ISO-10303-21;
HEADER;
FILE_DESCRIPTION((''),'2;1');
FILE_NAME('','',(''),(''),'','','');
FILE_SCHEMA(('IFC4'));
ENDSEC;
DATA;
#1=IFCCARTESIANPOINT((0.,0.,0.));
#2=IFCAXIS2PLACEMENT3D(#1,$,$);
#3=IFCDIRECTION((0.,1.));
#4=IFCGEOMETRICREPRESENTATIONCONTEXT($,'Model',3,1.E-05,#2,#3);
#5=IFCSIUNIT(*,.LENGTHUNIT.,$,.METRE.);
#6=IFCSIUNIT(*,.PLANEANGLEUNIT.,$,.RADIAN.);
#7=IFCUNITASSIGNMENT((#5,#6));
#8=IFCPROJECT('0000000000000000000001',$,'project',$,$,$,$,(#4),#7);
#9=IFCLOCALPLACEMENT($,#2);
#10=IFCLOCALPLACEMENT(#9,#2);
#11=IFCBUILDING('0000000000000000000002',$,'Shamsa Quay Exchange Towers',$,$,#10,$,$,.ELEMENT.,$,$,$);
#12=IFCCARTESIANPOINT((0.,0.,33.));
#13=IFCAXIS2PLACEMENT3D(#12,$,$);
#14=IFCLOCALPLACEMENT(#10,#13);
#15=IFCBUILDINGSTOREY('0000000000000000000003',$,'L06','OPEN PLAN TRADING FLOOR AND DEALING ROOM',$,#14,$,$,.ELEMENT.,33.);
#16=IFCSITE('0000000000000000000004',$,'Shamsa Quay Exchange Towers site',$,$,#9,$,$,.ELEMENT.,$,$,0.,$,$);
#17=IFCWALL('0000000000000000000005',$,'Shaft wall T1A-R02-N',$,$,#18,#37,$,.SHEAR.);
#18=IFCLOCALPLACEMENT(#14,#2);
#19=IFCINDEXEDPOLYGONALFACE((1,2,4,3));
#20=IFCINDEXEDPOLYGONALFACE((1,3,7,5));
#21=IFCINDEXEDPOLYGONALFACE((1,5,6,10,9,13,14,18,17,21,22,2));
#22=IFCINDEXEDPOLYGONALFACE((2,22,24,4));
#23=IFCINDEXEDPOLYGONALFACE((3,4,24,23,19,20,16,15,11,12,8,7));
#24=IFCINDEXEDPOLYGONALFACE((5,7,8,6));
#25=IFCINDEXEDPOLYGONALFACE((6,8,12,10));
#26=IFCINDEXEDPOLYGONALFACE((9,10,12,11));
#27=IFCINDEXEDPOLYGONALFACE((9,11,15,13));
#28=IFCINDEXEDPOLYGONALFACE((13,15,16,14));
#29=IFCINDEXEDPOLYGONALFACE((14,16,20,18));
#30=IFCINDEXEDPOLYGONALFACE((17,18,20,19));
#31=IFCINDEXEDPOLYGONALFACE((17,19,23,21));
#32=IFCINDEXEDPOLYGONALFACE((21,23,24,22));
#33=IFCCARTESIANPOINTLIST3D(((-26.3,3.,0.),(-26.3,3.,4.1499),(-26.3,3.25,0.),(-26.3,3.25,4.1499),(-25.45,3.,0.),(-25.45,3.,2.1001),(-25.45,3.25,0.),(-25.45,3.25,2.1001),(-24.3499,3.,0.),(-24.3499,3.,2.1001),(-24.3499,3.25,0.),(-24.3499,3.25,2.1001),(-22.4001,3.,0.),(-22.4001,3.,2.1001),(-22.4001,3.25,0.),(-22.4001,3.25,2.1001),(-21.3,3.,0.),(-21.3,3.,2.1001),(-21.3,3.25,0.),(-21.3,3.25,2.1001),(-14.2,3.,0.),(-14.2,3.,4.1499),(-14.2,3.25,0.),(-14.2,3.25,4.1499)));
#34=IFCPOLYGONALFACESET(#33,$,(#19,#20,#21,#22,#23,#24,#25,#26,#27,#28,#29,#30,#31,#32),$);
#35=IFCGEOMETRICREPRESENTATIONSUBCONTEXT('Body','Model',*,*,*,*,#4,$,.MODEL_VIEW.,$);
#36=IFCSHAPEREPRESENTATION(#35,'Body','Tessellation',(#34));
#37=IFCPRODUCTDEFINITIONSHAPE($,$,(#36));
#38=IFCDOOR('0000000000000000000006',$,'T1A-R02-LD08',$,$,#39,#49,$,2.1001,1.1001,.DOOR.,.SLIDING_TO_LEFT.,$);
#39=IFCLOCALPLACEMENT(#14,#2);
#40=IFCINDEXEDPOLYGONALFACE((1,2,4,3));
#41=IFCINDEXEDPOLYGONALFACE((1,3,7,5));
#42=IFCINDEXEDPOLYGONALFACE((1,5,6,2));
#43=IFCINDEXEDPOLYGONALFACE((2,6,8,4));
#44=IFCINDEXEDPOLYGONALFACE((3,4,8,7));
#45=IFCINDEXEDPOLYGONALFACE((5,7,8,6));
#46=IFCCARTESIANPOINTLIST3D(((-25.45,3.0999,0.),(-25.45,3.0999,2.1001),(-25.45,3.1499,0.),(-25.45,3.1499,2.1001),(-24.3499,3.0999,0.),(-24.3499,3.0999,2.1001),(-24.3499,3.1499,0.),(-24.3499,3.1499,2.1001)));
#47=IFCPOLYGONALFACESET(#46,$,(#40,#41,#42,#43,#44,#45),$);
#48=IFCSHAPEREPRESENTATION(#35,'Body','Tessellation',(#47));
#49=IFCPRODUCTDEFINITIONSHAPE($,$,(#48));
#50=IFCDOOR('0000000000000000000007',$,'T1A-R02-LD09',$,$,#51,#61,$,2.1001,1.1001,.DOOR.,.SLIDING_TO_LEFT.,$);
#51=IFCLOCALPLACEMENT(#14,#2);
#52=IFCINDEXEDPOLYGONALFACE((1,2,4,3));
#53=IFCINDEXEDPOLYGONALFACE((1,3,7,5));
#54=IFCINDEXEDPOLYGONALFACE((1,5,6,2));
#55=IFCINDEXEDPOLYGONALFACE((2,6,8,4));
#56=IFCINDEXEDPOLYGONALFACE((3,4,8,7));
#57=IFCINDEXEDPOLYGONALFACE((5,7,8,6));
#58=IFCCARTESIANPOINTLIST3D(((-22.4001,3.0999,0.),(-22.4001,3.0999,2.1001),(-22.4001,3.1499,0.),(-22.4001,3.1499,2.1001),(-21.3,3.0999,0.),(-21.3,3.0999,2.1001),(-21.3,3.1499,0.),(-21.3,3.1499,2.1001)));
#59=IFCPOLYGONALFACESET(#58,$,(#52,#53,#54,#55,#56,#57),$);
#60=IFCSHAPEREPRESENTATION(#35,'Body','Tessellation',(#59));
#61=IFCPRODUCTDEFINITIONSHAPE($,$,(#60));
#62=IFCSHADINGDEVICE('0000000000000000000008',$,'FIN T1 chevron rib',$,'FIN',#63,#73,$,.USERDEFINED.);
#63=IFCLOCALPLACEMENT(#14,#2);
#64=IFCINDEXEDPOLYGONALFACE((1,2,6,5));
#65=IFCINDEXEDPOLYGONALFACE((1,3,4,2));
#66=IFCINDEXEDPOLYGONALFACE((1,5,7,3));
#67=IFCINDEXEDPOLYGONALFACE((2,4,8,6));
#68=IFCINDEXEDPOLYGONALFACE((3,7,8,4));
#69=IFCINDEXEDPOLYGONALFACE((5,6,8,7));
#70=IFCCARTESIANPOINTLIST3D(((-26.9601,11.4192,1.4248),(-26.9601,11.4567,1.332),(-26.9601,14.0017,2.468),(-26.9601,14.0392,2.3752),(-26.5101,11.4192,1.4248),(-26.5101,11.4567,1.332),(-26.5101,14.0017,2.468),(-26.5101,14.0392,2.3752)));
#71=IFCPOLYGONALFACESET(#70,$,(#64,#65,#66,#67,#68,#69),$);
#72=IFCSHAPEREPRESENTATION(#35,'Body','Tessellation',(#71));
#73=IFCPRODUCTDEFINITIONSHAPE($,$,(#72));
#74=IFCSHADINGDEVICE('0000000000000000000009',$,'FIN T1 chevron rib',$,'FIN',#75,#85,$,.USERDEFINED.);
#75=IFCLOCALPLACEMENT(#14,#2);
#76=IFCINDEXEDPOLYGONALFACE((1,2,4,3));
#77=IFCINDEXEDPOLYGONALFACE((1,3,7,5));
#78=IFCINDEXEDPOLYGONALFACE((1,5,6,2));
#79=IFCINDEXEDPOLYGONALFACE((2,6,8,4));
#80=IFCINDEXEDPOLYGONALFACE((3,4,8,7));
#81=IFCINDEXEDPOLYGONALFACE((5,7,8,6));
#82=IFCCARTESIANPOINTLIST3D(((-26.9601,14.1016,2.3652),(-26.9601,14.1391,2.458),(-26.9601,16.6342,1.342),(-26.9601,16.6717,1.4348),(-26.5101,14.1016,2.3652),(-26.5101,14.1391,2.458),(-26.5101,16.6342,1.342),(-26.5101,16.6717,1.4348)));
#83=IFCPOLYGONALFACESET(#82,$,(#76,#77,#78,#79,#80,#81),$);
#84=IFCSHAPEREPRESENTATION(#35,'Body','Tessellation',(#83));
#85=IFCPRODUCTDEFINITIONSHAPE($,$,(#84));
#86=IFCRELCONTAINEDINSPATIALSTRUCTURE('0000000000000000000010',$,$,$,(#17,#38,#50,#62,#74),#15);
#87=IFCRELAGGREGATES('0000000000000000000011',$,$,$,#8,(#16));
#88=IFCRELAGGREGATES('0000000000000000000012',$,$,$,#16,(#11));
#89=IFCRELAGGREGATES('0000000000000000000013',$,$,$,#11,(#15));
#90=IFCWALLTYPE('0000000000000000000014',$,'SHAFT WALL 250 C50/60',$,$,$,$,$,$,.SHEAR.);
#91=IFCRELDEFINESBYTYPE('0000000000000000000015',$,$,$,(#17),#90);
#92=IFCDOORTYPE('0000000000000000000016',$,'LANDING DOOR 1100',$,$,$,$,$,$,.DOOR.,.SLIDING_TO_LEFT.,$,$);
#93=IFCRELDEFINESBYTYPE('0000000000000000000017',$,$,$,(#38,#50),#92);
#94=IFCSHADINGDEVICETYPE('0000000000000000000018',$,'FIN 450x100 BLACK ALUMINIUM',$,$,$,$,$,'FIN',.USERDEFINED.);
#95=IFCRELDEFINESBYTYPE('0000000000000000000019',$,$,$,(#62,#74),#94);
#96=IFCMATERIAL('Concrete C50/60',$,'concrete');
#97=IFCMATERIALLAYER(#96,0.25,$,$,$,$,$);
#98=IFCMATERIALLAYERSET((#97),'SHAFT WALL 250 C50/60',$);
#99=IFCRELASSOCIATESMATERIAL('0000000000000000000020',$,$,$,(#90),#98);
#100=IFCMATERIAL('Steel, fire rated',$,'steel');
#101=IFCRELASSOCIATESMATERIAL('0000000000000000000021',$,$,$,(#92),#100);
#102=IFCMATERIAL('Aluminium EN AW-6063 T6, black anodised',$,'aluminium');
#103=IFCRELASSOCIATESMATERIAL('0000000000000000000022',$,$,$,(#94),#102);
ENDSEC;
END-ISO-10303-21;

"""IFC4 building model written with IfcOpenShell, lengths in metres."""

from ifc_helpers import new_model, si_unit, direction, frame, frame_2d, origin, origin_2d, place, context, subcontext, project, spatial, rectangle, extrude, material, layer, layer_set, material_profile, profile_set, type_object, element, fill, save


model = new_model("IFC4")

# Units and contexts
model_context = context("Model", 3, precision=1e-05, world=origin(), true_north=direction((0.0, 1.0)))
body_context = subcontext(model_context, "Body", "Model", "MODEL_VIEW")
ifc_project = project(units=[si_unit("LENGTHUNIT", "METRE"), si_unit("PLANEANGLEUNIT", "RADIAN")], contexts=[model_context])

# Site, building, storey
site_placement = place(None, origin())
site = spatial("IfcSite", under=ifc_project, at=site_placement, Name="Shamsa Quay Exchange Towers site", CompositionType="ELEMENT", RefElevation=0.0)
building_placement = place(site_placement, origin())
building = spatial("IfcBuilding", under=site, at=building_placement, Name="Shamsa Quay Exchange Towers", CompositionType="ELEMENT")
storey_placement = place(building_placement, frame((0.0, 0.0, 33.0)))
storey = spatial("IfcBuildingStorey", under=building, at=storey_placement, Name="L06", Description="OPEN PLAN TRADING FLOOR AND DEALING ROOM", CompositionType="ELEMENT", Elevation=33.0)

# Shared definitions
ifc_material_1 = material(Name="Aluminium EN AW-6063 T6, black anodised", Category="aluminium")

# Shared definitions
ifc_material_2 = material(Name="Steel, fire rated", Category="steel")

# Wall, openings, doors
ifc_material_3 = material(Name="Concrete C50/60", Category="concrete")
ifc_layer_1 = layer(ifc_material_3, 0.25)
ifc_layer_set_1 = layer_set([ifc_layer_1], Name="SHAFT WALL 250 C50/60")
wall_type_1 = type_object("IfcWallType", Name="SHAFT WALL 250 C50/60", PredefinedType="SHEAR", material=ifc_layer_set_1)
wall_1_placement = place(storey_placement, frame((-26.3, 3.125, 0.0)))
wall_1 = element("IfcWall", 1, at=wall_1_placement, inside=storey, type_object=wall_type_1, Name="Shaft wall T1A-R02-N", PredefinedType="SHEAR", context=body_context, shape_type="SweptSolid", body=[
    extrude(rectangle(XDim=12.1001, YDim=0.25, at=frame_2d((6.05, 0.0))), origin(), (0.0, 0.0, 1.0), 4.1499),
])
opening_1_placement = place(wall_1_placement, frame((0.8501, 0.0, 0.0)))
opening_1 = element("IfcOpeningElement", 2, at=opening_1_placement, cuts=wall_1, PredefinedType="OPENING", context=body_context, shape_type="SweptSolid", body=[
    extrude(rectangle(XDim=1.1001, YDim=2.1001, at=frame_2d((0.55, 1.05))), frame((0.0, 0.135, 0.0), z_axis=(0.0, -1.0, 0.0), x_axis=(1.0, 0.0, 0.0)), (0.0, 0.0, 1.0), 0.27),
])
opening_2_placement = place(wall_1_placement, frame((3.8999, 0.0, 0.0)))
opening_2 = element("IfcOpeningElement", 3, at=opening_2_placement, cuts=wall_1, PredefinedType="OPENING", context=body_context, shape_type="SweptSolid", body=[
    extrude(rectangle(XDim=1.1001, YDim=2.1001, at=frame_2d((0.55, 1.05))), frame((0.0, 0.135, 0.0), z_axis=(0.0, -1.0, 0.0), x_axis=(1.0, 0.0, 0.0)), (0.0, 0.0, 1.0), 0.27),
])
door_type_1 = type_object("IfcDoorType", Name="LANDING DOOR 1100", OperationType="SLIDING_TO_LEFT", PredefinedType="DOOR", material=ifc_material_2)
door_1_placement = place(opening_1_placement, origin())
door_1 = element("IfcDoor", 4, at=door_1_placement, inside=storey, type_object=door_type_1, Name="T1A-R02-LD08", OperationType="SLIDING_TO_LEFT", OverallHeight=2.1001, OverallWidth=1.1001, PredefinedType="DOOR", context=body_context, shape_type="SweptSolid", body=[
    extrude(rectangle(XDim=1.1001, YDim=2.1001, at=frame_2d((0.55, 1.05))), frame((0.0, 0.0249, 0.0), z_axis=(0.0, -1.0, 0.0), x_axis=(1.0, 0.0, 0.0)), (0.0, 0.0, 1.0), 0.05),
])
fill(opening_1, door_1)
door_2_placement = place(opening_2_placement, origin())
door_2 = element("IfcDoor", 5, at=door_2_placement, inside=storey, type_object=door_type_1, Name="T1A-R02-LD09", OperationType="SLIDING_TO_LEFT", OverallHeight=2.1001, OverallWidth=1.1001, PredefinedType="DOOR", context=body_context, shape_type="SweptSolid", body=[
    extrude(rectangle(XDim=1.1001, YDim=2.1001, at=frame_2d((0.55, 1.05))), frame((0.0, 0.0249, 0.0), z_axis=(0.0, -1.0, 0.0), x_axis=(1.0, 0.0, 0.0)), (0.0, 0.0, 1.0), 0.05),
])
fill(opening_2, door_2)

# Shading devices
ifc_material_profile_1 = material_profile(ifc_material_1, rectangle(XDim=0.45, YDim=0.1001, at=origin_2d()), Name="FIN450x100")
ifc_profile_set_1 = profile_set([ifc_material_profile_1], Name="Aluminium EN AW-6063 T6, black anodised")
shading_device_type = type_object("IfcShadingDeviceType", Name="FIN 450x100 BLACK ALUMINIUM", ElementType="FIN", PredefinedType="USERDEFINED", material=ifc_profile_set_1)
shading_device_1_placement = place(storey_placement, frame((-26.7351, 11.438, 1.3784), z_axis=(0.0, 0.927208, 0.374547), x_axis=(-1.0, 0.0, 0.0)))
element("IfcShadingDevice", 6, at=shading_device_1_placement, inside=storey, type_object=shading_device_type, Name="FIN T1 chevron rib", ObjectType="FIN", PredefinedType="USERDEFINED", context=body_context, shape_type="SweptSolid", body=[
    extrude(rectangle(XDim=0.45, YDim=0.1001, at=origin_2d()), origin(), (0.0, 0.0, 1.0), 2.7852),
])
shading_device_2_placement = place(storey_placement, frame((-26.7351, 14.1204, 2.4116), z_axis=(0.0, 0.927183, -0.374609), x_axis=(-1.0, 0.0, 0.0)))
element("IfcShadingDevice", 7, at=shading_device_2_placement, inside=storey, type_object=shading_device_type, Name="FIN T1 chevron rib", ObjectType="FIN", PredefinedType="USERDEFINED", context=body_context, shape_type="SweptSolid", body=[
    extrude(rectangle(XDim=0.45, YDim=0.1001, at=origin_2d()), origin(), (0.0, 0.0, 1.0), 2.7314),
])

save(model, "model.ifc")
